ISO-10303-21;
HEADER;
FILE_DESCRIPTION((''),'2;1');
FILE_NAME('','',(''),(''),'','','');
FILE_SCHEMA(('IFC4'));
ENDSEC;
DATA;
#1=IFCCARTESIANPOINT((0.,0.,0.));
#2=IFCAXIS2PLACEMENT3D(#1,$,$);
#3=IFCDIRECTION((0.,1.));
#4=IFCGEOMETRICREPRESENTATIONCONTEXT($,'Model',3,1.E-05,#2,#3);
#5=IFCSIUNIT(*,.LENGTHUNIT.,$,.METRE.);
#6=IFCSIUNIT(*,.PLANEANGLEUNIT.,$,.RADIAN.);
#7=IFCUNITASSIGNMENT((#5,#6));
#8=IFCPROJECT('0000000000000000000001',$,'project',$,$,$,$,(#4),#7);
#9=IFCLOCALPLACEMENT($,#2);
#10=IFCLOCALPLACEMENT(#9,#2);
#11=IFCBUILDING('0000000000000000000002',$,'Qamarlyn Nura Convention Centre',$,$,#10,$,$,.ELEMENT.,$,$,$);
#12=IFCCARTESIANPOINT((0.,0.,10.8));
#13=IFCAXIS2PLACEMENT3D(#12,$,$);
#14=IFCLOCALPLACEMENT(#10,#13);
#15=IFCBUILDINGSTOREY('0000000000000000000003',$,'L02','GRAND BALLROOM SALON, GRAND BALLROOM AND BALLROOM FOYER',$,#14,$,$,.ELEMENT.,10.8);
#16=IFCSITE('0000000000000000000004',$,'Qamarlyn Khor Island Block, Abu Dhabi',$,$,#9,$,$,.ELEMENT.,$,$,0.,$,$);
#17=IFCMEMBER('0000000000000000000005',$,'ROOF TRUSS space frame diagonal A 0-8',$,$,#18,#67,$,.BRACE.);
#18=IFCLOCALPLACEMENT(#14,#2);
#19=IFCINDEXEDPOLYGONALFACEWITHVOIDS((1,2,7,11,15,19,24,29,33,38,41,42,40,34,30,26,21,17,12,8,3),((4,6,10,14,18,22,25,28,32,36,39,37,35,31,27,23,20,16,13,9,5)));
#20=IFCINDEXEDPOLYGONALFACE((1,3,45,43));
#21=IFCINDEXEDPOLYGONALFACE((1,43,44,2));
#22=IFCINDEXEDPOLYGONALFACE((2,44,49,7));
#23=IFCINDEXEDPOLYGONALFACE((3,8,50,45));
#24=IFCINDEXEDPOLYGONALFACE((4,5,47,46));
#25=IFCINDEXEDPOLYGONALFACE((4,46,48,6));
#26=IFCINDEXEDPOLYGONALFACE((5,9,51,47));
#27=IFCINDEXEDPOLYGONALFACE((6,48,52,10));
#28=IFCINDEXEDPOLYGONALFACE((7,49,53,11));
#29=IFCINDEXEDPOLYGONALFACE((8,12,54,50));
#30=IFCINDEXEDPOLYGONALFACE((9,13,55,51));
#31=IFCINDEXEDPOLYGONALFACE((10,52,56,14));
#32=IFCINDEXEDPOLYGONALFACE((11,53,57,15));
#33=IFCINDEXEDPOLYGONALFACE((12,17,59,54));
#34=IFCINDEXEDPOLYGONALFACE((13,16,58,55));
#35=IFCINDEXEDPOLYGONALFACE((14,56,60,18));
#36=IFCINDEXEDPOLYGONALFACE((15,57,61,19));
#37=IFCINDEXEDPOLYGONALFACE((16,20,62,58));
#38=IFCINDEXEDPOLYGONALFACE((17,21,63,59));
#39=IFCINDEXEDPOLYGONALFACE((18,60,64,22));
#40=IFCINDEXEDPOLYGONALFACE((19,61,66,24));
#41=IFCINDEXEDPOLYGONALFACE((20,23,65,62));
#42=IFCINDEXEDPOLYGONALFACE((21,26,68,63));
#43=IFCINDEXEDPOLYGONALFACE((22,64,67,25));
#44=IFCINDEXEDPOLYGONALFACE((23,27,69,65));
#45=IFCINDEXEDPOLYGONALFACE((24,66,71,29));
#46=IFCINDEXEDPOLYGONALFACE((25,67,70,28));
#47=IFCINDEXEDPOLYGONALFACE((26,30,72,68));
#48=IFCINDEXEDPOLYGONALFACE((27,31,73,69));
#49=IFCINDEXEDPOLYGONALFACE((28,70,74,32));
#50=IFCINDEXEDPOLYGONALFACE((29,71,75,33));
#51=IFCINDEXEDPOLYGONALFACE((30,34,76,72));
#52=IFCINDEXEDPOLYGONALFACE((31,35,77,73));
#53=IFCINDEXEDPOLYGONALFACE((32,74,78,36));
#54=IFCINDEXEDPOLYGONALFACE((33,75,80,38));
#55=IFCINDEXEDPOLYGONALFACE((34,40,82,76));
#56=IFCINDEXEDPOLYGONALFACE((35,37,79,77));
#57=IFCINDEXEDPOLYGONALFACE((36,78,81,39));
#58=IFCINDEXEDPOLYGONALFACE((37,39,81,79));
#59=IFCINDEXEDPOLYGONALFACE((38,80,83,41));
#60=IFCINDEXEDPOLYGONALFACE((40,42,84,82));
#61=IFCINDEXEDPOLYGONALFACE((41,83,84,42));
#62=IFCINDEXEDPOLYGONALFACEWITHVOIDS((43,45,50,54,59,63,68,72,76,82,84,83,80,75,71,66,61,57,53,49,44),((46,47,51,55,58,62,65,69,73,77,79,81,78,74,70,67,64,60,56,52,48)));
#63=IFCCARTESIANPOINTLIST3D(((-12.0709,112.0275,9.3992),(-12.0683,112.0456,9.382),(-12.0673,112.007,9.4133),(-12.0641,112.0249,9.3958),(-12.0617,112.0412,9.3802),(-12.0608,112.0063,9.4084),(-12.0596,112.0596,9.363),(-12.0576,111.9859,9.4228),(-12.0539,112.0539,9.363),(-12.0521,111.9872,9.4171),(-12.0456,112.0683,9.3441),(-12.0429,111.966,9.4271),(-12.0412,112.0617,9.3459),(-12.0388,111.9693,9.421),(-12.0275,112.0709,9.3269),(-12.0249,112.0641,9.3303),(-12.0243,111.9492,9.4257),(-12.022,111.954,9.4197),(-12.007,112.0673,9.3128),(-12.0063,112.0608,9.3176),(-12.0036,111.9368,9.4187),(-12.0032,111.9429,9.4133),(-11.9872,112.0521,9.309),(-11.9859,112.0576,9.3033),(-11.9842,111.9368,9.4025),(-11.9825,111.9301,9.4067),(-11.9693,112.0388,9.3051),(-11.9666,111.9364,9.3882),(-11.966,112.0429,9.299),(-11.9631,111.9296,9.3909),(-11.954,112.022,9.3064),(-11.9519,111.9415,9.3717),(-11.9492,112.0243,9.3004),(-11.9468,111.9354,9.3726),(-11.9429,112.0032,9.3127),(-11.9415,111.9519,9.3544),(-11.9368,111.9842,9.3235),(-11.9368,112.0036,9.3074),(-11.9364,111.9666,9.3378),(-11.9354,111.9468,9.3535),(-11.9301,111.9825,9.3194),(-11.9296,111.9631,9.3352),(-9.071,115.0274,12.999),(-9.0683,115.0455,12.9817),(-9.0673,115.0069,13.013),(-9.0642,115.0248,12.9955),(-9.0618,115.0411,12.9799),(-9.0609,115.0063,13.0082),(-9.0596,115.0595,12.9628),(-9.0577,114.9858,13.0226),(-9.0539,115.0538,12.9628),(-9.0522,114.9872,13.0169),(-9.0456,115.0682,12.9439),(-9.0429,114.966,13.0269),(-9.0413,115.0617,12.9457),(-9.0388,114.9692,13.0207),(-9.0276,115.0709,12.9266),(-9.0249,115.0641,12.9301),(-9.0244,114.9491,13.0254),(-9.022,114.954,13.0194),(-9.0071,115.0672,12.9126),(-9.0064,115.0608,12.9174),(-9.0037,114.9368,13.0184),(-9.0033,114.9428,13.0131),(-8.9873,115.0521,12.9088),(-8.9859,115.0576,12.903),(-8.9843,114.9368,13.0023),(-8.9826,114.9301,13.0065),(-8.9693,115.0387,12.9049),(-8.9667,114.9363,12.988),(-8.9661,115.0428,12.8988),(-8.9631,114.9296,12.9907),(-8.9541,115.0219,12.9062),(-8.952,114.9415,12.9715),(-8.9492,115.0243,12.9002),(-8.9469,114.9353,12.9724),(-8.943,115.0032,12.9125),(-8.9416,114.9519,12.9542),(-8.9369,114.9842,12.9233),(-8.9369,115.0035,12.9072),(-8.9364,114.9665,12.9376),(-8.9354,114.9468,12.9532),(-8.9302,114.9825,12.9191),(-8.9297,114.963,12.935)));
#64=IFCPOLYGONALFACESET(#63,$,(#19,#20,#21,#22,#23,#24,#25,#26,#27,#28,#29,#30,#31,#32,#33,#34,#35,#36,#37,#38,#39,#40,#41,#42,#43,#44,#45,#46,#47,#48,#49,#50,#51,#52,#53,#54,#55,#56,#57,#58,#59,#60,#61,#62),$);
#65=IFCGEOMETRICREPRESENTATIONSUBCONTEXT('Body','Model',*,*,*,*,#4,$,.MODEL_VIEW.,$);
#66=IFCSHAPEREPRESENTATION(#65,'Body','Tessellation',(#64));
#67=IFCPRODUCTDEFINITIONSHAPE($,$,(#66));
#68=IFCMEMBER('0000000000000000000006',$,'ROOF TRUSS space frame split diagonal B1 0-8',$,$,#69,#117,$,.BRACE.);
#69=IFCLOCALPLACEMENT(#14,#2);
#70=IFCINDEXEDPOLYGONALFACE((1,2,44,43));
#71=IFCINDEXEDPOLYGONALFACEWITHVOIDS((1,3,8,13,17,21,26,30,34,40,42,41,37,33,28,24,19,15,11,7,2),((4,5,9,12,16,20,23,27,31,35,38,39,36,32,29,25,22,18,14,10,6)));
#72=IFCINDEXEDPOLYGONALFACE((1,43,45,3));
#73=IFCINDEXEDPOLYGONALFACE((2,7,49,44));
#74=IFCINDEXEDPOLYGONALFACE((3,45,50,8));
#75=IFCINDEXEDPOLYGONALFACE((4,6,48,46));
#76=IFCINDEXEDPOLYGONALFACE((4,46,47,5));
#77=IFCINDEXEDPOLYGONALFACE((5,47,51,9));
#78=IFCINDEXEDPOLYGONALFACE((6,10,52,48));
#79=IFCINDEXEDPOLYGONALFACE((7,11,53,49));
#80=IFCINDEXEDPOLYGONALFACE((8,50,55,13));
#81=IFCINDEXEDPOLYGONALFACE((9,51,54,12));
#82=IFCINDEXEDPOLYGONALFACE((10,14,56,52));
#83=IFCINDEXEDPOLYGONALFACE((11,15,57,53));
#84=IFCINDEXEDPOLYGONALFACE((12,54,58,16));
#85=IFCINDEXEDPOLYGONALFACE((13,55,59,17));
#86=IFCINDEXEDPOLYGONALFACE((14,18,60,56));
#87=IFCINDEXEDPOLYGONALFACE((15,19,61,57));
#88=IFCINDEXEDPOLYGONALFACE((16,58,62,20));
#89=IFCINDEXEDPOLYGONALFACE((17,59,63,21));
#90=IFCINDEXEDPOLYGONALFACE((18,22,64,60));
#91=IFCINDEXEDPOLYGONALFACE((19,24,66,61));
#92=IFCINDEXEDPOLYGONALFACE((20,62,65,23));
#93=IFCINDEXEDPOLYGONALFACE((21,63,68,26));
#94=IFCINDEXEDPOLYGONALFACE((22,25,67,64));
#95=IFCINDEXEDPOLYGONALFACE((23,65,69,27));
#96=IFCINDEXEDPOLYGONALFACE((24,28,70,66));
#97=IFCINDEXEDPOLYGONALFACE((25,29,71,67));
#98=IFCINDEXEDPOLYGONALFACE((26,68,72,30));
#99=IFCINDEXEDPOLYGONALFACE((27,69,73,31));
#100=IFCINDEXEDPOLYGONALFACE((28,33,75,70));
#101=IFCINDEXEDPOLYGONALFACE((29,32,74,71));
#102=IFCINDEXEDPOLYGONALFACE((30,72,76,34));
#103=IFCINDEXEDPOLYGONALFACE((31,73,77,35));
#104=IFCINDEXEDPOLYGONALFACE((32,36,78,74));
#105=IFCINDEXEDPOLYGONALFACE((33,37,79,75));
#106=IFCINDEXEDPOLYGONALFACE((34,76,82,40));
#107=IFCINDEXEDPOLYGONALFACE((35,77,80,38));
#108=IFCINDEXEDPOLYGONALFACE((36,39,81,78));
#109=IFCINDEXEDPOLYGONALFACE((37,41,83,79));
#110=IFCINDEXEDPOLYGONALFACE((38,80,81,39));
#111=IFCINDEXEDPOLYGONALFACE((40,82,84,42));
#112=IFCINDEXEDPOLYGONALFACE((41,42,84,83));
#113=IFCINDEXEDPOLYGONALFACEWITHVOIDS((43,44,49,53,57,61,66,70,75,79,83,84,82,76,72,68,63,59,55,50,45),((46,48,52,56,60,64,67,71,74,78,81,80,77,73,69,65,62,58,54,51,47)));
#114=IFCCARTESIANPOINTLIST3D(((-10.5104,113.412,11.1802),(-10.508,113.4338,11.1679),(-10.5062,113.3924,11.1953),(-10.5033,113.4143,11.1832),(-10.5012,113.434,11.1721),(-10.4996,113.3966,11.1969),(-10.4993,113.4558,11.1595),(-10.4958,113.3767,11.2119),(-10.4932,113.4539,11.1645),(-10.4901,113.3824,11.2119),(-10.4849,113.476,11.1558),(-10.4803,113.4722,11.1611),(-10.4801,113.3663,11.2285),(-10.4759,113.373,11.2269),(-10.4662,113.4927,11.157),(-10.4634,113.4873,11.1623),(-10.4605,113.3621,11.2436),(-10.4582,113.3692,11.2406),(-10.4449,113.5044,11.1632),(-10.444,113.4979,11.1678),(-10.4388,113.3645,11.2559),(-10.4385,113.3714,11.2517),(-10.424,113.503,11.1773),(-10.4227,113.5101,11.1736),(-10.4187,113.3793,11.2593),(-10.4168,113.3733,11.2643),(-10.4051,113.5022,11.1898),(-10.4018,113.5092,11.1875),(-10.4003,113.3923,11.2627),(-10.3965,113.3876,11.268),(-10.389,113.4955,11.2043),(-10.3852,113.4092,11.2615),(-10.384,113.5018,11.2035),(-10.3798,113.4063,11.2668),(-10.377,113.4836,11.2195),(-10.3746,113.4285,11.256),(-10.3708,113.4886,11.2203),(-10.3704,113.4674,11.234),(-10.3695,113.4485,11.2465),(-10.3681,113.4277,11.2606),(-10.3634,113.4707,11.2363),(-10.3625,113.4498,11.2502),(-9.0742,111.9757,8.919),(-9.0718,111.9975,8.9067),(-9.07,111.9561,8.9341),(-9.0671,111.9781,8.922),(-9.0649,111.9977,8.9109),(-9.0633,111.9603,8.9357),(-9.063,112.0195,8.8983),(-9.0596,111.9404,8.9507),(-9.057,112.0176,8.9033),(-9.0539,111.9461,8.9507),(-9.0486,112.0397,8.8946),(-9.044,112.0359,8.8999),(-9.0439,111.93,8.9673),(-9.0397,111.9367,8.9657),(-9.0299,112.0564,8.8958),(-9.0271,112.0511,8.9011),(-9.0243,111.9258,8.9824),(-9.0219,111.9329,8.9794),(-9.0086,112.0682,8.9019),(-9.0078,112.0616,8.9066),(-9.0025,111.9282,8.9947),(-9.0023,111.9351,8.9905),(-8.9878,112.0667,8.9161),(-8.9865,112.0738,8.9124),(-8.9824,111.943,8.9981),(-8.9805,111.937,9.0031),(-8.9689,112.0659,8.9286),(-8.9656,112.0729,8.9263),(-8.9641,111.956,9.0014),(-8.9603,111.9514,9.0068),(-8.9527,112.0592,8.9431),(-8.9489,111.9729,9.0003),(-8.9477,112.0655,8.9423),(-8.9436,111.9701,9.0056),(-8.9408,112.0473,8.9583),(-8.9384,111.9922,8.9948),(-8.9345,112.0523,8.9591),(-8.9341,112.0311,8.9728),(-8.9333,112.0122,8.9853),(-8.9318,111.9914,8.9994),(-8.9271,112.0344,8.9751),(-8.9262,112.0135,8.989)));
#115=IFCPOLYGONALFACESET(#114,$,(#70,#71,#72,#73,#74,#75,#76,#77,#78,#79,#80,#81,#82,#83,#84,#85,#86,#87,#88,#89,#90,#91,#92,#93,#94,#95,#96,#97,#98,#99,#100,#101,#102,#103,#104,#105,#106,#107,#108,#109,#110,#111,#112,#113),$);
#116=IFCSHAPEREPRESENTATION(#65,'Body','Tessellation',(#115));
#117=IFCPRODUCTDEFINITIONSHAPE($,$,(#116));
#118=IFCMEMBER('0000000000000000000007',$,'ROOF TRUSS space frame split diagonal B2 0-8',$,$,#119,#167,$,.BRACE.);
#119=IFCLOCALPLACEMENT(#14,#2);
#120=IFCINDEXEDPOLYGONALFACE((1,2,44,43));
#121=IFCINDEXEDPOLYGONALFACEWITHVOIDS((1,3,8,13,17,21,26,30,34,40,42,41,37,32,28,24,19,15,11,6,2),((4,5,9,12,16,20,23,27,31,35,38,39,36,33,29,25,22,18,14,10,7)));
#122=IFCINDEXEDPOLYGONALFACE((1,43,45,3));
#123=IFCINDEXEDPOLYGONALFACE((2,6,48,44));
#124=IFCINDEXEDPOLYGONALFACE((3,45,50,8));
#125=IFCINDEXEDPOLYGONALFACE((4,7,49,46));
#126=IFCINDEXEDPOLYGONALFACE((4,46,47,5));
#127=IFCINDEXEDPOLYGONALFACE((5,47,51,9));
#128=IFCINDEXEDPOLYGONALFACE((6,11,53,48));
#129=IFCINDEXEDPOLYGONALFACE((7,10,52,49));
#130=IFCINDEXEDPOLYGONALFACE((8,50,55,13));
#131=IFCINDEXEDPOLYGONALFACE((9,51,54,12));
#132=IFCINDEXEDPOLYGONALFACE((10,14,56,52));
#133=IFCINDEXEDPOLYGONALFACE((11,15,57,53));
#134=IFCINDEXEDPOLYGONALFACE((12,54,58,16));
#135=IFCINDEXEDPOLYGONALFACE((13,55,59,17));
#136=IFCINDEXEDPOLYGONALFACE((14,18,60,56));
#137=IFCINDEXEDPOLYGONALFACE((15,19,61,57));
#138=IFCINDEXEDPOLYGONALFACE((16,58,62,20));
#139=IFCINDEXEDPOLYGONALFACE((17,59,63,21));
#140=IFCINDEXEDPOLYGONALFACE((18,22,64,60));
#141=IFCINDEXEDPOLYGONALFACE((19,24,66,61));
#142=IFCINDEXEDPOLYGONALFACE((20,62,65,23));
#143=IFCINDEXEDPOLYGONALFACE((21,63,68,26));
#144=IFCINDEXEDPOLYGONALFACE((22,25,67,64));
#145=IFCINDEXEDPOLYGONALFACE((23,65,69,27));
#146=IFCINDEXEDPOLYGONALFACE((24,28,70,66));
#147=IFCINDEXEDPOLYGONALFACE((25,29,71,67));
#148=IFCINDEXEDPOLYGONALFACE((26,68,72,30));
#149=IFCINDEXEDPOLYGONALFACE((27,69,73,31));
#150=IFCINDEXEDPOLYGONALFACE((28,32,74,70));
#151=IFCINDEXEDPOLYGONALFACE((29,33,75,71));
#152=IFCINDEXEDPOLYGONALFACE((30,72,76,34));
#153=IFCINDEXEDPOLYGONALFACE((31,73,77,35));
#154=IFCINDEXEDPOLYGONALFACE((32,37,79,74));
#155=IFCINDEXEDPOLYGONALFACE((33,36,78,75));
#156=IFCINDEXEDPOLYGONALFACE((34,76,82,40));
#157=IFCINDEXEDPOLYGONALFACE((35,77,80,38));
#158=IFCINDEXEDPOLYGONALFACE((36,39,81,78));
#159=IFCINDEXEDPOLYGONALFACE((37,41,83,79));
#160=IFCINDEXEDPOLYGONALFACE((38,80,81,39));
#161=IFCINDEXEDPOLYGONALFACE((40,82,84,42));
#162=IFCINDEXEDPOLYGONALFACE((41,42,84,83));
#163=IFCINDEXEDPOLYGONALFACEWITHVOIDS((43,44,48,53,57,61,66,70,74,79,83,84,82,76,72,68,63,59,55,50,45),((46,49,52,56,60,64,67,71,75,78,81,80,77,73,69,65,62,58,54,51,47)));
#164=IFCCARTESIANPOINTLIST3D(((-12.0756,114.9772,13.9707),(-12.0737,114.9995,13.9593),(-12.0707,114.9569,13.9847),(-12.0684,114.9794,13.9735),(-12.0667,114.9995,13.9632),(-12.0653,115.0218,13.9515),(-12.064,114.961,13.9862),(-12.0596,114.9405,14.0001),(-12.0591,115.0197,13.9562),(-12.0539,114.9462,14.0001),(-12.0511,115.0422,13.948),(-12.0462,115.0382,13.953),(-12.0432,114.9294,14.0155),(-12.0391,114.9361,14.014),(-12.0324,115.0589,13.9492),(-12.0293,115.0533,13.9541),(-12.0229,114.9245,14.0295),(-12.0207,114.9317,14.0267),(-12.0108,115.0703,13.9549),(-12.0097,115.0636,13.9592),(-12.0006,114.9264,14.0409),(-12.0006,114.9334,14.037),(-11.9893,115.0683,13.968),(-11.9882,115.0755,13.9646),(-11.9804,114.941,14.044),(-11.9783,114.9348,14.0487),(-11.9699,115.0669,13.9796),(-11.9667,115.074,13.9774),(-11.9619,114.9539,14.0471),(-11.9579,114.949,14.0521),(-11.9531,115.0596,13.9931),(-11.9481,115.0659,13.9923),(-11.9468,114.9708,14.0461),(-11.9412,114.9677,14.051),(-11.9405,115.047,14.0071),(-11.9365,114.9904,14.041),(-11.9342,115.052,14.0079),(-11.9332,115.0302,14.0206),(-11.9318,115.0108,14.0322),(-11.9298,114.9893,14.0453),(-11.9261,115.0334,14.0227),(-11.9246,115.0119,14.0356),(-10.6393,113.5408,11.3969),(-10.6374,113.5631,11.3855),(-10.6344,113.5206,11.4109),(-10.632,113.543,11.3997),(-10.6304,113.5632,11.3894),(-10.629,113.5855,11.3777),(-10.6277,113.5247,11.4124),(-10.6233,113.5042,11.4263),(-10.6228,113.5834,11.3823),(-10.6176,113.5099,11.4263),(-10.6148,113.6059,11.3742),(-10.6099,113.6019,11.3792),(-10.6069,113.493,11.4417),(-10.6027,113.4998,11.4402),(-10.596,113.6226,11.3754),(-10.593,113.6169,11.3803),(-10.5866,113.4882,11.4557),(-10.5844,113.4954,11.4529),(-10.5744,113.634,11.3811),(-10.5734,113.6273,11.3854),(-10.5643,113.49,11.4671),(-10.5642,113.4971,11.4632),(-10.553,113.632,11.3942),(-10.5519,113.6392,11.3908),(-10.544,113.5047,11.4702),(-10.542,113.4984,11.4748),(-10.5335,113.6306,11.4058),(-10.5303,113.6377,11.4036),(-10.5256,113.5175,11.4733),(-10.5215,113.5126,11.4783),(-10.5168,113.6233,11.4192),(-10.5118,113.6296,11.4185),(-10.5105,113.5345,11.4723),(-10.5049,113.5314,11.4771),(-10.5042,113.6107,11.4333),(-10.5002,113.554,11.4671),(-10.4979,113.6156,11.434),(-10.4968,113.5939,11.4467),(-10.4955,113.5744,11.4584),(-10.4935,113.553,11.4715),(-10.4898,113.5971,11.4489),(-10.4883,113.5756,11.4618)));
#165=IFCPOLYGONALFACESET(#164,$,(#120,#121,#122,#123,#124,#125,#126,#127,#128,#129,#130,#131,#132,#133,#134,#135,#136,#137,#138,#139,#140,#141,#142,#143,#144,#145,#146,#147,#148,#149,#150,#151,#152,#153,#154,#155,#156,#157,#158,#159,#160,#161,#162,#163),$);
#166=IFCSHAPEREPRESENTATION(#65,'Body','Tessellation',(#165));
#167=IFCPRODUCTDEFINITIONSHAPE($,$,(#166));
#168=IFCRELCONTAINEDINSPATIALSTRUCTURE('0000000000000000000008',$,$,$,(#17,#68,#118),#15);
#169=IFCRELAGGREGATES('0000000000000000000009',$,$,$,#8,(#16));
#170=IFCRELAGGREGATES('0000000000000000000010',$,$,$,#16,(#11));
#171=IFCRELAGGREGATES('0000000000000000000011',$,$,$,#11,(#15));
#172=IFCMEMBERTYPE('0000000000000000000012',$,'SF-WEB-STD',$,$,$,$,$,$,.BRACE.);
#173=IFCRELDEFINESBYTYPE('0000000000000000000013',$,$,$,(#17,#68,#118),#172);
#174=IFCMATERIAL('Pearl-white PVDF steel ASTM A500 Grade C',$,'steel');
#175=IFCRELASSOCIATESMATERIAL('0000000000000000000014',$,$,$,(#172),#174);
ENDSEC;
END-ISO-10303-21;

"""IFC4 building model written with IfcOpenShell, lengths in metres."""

from ifc_helpers import new_model, si_unit, direction, frame, origin, origin_2d, place, context, subcontext, project, spatial, hollow_circle, extrude, material, material_profile, profile_set, type_object, element, save


model = new_model("IFC4")

# Units and contexts
model_context = context("Model", 3, precision=1e-05, world=origin(), true_north=direction((0.0, 1.0)))
body_context = subcontext(model_context, "Body", "Model", "MODEL_VIEW")
ifc_project = project(units=[si_unit("LENGTHUNIT", "METRE"), si_unit("PLANEANGLEUNIT", "RADIAN")], contexts=[model_context])

# Site, building, storey
site_placement = place(None, origin())
site = spatial("IfcSite", under=ifc_project, at=site_placement, Name="Qamarlyn Khor Island Block, Abu Dhabi", CompositionType="ELEMENT", RefElevation=0.0)
building_placement = place(site_placement, origin())
building = spatial("IfcBuilding", under=site, at=building_placement, Name="Qamarlyn Nura Convention Centre", CompositionType="ELEMENT")
storey_placement = place(building_placement, frame((0.0, 0.0, 10.8)))
storey = spatial("IfcBuildingStorey", under=building, at=storey_placement, Name="L02", Description="GRAND BALLROOM SALON, GRAND BALLROOM AND BALLROOM FOYER", CompositionType="ELEMENT", Elevation=10.8)

# Members
ifc_material_1 = material(Name="Pearl-white PVDF steel ASTM A500 Grade C", Category="steel")
ifc_material_profile_1 = material_profile(ifc_material_1, hollow_circle(Radius=0.0842, WallThickness=0.0081, at=origin_2d()), Name="CHS168.3X8")
ifc_profile_set_1 = profile_set([ifc_material_profile_1], Name="Pearl-white PVDF steel ASTM A500 Grade C")
member_type_1 = type_object("IfcMemberType", Name="SF-WEB-STD", PredefinedType="BRACE", material=ifc_profile_set_1)
member_1_placement = place(storey_placement, frame((-12.0, 112.0, 9.363), z_axis=(0.539173, 0.539173, 0.646981), x_axis=(-0.707107, 0.707107, 0.0)))
element("IfcMember", 1, at=member_1_placement, inside=storey, type_object=member_type_1, Name="ROOF TRUSS space frame diagonal A 0-8", PredefinedType="BRACE", context=body_context, shape_type="SweptSolid", body=[
    extrude(hollow_circle(Radius=0.0842, WallThickness=0.0081, at=origin_2d()), origin(), (0.0, 0.0, 1.0), 5.564),
])
member_2_placement = place(storey_placement, frame((-9.0, 112.0, 8.9507), z_axis=(-0.472528, 0.472528, 0.743932), x_axis=(-0.707107, -0.707107, 0.0)))
element("IfcMember", 2, at=member_2_placement, inside=storey, type_object=member_type_1, Name="ROOF TRUSS space frame split diagonal B1 0-8", PredefinedType="BRACE", context=body_context, shape_type="SweptSolid", body=[
    extrude(hollow_circle(Radius=0.0842, WallThickness=0.0081, at=origin_2d()), origin(), (0.0, 0.0, 1.0), 3.0396),
])
member_3_placement = place(storey_placement, frame((-10.5637, 113.5637, 11.4263), z_axis=(-0.438063, 0.438063, 0.784985), x_axis=(-0.707107, -0.707107, 0.0)))
element("IfcMember", 3, at=member_3_placement, inside=storey, type_object=member_type_1, Name="ROOF TRUSS space frame split diagonal B2 0-8", PredefinedType="BRACE", context=body_context, shape_type="SweptSolid", body=[
    extrude(hollow_circle(Radius=0.0842, WallThickness=0.0081, at=origin_2d()), origin(), (0.0, 0.0, 1.0), 3.2788),
])

save(model, "model.ifc")
